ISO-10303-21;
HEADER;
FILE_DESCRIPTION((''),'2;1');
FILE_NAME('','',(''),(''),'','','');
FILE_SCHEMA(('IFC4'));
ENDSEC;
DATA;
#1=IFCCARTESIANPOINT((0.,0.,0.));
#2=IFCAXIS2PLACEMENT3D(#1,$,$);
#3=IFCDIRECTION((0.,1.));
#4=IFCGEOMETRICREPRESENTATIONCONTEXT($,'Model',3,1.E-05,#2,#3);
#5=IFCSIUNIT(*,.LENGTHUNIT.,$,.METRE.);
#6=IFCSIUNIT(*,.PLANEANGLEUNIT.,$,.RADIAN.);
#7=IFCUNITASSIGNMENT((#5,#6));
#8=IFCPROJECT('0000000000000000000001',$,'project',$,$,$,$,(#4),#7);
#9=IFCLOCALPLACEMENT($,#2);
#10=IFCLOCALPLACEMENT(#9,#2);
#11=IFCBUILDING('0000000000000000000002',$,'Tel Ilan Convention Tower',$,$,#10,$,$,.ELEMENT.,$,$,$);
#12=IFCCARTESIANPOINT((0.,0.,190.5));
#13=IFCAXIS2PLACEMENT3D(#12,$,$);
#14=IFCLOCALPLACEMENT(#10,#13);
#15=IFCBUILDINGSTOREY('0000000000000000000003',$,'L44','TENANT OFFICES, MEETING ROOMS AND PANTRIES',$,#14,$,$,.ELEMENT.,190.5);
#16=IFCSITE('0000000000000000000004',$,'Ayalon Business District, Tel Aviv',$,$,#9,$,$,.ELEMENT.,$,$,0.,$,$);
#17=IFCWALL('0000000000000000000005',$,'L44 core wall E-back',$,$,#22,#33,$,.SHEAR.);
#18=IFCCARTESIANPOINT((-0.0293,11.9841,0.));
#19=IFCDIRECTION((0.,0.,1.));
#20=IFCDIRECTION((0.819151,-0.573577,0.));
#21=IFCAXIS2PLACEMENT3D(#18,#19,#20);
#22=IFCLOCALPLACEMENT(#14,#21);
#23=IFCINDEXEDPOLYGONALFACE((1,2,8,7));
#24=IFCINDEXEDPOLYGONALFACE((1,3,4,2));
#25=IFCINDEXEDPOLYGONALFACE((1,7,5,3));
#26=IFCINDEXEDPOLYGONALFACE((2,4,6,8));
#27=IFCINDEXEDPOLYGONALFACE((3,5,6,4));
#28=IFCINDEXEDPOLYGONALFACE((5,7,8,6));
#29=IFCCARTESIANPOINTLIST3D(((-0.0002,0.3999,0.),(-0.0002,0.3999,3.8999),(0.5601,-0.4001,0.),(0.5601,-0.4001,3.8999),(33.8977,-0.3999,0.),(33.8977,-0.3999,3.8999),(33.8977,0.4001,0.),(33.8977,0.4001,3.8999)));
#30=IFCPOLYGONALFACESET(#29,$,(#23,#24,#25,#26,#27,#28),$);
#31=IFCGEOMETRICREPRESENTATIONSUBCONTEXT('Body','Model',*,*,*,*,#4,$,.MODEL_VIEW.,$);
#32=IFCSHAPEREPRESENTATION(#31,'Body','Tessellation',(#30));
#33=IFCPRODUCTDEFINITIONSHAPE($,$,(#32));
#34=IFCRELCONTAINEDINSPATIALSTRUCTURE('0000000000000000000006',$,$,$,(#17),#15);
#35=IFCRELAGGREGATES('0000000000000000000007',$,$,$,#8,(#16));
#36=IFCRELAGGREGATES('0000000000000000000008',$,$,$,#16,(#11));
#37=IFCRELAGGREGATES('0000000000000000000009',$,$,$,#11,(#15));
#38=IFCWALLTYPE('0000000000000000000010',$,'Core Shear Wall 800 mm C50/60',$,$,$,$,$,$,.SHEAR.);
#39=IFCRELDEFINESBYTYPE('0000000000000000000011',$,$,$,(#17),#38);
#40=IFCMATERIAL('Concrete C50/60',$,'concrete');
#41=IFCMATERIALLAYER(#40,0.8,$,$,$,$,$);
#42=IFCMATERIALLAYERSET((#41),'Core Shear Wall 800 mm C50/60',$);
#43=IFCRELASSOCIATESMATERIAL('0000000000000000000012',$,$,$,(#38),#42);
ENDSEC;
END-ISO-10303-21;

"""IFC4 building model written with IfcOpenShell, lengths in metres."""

from ifc_helpers import new_model, si_unit, direction, frame, origin, place, context, subcontext, project, spatial, polyline, outline, extrude, material, layer, layer_set, type_object, element, save


model = new_model("IFC4")

# Units and contexts
model_context = context("Model", 3, precision=1e-05, world=origin(), true_north=direction((0.0, 1.0)))
body_context = subcontext(model_context, "Body", "Model", "MODEL_VIEW")
ifc_project = project(units=[si_unit("LENGTHUNIT", "METRE"), si_unit("PLANEANGLEUNIT", "RADIAN")], contexts=[model_context])

# Site, building, storey
site_placement = place(None, origin())
site = spatial("IfcSite", under=ifc_project, at=site_placement, Name="Ayalon Business District, Tel Aviv", CompositionType="ELEMENT", RefElevation=0.0)
building_placement = place(site_placement, origin())
building = spatial("IfcBuilding", under=site, at=building_placement, Name="Tel Ilan Convention Tower", CompositionType="ELEMENT")
storey_placement = place(building_placement, frame((0.0, 0.0, 190.5)))
storey = spatial("IfcBuildingStorey", under=building, at=storey_placement, Name="L44", Description="TENANT OFFICES, MEETING ROOMS AND PANTRIES", CompositionType="ELEMENT", Elevation=190.5)

# Wall
ifc_material_1 = material(Name="Concrete C50/60", Category="concrete")
ifc_layer_1 = layer(ifc_material_1, 0.8)
ifc_layer_set_1 = layer_set([ifc_layer_1], Name="Core Shear Wall 800 mm C50/60")
wall_type_1 = type_object("IfcWallType", Name="Core Shear Wall 800 mm C50/60", PredefinedType="SHEAR", material=ifc_layer_set_1)
wall_1_placement = place(storey_placement, frame((-0.0293, 11.9841, 0.0), z_axis=(0.0, 0.0, 1.0), x_axis=(0.819151, -0.573577, 0.0)))
element("IfcWall", 1, at=wall_1_placement, inside=storey, type_object=wall_type_1, Name="L44 core wall E-back", PredefinedType="SHEAR", context=body_context, shape_type="SweptSolid", body=[
    extrude(outline(polyline([(33.8977, 0.4001), (-0.0002, 0.3999), (0.5601, -0.4001), (33.8977, -0.3999), (33.8977, 0.4001)])), origin(), (0.0, 0.0, 1.0), 3.8999),
])

save(model, "model.ifc")
